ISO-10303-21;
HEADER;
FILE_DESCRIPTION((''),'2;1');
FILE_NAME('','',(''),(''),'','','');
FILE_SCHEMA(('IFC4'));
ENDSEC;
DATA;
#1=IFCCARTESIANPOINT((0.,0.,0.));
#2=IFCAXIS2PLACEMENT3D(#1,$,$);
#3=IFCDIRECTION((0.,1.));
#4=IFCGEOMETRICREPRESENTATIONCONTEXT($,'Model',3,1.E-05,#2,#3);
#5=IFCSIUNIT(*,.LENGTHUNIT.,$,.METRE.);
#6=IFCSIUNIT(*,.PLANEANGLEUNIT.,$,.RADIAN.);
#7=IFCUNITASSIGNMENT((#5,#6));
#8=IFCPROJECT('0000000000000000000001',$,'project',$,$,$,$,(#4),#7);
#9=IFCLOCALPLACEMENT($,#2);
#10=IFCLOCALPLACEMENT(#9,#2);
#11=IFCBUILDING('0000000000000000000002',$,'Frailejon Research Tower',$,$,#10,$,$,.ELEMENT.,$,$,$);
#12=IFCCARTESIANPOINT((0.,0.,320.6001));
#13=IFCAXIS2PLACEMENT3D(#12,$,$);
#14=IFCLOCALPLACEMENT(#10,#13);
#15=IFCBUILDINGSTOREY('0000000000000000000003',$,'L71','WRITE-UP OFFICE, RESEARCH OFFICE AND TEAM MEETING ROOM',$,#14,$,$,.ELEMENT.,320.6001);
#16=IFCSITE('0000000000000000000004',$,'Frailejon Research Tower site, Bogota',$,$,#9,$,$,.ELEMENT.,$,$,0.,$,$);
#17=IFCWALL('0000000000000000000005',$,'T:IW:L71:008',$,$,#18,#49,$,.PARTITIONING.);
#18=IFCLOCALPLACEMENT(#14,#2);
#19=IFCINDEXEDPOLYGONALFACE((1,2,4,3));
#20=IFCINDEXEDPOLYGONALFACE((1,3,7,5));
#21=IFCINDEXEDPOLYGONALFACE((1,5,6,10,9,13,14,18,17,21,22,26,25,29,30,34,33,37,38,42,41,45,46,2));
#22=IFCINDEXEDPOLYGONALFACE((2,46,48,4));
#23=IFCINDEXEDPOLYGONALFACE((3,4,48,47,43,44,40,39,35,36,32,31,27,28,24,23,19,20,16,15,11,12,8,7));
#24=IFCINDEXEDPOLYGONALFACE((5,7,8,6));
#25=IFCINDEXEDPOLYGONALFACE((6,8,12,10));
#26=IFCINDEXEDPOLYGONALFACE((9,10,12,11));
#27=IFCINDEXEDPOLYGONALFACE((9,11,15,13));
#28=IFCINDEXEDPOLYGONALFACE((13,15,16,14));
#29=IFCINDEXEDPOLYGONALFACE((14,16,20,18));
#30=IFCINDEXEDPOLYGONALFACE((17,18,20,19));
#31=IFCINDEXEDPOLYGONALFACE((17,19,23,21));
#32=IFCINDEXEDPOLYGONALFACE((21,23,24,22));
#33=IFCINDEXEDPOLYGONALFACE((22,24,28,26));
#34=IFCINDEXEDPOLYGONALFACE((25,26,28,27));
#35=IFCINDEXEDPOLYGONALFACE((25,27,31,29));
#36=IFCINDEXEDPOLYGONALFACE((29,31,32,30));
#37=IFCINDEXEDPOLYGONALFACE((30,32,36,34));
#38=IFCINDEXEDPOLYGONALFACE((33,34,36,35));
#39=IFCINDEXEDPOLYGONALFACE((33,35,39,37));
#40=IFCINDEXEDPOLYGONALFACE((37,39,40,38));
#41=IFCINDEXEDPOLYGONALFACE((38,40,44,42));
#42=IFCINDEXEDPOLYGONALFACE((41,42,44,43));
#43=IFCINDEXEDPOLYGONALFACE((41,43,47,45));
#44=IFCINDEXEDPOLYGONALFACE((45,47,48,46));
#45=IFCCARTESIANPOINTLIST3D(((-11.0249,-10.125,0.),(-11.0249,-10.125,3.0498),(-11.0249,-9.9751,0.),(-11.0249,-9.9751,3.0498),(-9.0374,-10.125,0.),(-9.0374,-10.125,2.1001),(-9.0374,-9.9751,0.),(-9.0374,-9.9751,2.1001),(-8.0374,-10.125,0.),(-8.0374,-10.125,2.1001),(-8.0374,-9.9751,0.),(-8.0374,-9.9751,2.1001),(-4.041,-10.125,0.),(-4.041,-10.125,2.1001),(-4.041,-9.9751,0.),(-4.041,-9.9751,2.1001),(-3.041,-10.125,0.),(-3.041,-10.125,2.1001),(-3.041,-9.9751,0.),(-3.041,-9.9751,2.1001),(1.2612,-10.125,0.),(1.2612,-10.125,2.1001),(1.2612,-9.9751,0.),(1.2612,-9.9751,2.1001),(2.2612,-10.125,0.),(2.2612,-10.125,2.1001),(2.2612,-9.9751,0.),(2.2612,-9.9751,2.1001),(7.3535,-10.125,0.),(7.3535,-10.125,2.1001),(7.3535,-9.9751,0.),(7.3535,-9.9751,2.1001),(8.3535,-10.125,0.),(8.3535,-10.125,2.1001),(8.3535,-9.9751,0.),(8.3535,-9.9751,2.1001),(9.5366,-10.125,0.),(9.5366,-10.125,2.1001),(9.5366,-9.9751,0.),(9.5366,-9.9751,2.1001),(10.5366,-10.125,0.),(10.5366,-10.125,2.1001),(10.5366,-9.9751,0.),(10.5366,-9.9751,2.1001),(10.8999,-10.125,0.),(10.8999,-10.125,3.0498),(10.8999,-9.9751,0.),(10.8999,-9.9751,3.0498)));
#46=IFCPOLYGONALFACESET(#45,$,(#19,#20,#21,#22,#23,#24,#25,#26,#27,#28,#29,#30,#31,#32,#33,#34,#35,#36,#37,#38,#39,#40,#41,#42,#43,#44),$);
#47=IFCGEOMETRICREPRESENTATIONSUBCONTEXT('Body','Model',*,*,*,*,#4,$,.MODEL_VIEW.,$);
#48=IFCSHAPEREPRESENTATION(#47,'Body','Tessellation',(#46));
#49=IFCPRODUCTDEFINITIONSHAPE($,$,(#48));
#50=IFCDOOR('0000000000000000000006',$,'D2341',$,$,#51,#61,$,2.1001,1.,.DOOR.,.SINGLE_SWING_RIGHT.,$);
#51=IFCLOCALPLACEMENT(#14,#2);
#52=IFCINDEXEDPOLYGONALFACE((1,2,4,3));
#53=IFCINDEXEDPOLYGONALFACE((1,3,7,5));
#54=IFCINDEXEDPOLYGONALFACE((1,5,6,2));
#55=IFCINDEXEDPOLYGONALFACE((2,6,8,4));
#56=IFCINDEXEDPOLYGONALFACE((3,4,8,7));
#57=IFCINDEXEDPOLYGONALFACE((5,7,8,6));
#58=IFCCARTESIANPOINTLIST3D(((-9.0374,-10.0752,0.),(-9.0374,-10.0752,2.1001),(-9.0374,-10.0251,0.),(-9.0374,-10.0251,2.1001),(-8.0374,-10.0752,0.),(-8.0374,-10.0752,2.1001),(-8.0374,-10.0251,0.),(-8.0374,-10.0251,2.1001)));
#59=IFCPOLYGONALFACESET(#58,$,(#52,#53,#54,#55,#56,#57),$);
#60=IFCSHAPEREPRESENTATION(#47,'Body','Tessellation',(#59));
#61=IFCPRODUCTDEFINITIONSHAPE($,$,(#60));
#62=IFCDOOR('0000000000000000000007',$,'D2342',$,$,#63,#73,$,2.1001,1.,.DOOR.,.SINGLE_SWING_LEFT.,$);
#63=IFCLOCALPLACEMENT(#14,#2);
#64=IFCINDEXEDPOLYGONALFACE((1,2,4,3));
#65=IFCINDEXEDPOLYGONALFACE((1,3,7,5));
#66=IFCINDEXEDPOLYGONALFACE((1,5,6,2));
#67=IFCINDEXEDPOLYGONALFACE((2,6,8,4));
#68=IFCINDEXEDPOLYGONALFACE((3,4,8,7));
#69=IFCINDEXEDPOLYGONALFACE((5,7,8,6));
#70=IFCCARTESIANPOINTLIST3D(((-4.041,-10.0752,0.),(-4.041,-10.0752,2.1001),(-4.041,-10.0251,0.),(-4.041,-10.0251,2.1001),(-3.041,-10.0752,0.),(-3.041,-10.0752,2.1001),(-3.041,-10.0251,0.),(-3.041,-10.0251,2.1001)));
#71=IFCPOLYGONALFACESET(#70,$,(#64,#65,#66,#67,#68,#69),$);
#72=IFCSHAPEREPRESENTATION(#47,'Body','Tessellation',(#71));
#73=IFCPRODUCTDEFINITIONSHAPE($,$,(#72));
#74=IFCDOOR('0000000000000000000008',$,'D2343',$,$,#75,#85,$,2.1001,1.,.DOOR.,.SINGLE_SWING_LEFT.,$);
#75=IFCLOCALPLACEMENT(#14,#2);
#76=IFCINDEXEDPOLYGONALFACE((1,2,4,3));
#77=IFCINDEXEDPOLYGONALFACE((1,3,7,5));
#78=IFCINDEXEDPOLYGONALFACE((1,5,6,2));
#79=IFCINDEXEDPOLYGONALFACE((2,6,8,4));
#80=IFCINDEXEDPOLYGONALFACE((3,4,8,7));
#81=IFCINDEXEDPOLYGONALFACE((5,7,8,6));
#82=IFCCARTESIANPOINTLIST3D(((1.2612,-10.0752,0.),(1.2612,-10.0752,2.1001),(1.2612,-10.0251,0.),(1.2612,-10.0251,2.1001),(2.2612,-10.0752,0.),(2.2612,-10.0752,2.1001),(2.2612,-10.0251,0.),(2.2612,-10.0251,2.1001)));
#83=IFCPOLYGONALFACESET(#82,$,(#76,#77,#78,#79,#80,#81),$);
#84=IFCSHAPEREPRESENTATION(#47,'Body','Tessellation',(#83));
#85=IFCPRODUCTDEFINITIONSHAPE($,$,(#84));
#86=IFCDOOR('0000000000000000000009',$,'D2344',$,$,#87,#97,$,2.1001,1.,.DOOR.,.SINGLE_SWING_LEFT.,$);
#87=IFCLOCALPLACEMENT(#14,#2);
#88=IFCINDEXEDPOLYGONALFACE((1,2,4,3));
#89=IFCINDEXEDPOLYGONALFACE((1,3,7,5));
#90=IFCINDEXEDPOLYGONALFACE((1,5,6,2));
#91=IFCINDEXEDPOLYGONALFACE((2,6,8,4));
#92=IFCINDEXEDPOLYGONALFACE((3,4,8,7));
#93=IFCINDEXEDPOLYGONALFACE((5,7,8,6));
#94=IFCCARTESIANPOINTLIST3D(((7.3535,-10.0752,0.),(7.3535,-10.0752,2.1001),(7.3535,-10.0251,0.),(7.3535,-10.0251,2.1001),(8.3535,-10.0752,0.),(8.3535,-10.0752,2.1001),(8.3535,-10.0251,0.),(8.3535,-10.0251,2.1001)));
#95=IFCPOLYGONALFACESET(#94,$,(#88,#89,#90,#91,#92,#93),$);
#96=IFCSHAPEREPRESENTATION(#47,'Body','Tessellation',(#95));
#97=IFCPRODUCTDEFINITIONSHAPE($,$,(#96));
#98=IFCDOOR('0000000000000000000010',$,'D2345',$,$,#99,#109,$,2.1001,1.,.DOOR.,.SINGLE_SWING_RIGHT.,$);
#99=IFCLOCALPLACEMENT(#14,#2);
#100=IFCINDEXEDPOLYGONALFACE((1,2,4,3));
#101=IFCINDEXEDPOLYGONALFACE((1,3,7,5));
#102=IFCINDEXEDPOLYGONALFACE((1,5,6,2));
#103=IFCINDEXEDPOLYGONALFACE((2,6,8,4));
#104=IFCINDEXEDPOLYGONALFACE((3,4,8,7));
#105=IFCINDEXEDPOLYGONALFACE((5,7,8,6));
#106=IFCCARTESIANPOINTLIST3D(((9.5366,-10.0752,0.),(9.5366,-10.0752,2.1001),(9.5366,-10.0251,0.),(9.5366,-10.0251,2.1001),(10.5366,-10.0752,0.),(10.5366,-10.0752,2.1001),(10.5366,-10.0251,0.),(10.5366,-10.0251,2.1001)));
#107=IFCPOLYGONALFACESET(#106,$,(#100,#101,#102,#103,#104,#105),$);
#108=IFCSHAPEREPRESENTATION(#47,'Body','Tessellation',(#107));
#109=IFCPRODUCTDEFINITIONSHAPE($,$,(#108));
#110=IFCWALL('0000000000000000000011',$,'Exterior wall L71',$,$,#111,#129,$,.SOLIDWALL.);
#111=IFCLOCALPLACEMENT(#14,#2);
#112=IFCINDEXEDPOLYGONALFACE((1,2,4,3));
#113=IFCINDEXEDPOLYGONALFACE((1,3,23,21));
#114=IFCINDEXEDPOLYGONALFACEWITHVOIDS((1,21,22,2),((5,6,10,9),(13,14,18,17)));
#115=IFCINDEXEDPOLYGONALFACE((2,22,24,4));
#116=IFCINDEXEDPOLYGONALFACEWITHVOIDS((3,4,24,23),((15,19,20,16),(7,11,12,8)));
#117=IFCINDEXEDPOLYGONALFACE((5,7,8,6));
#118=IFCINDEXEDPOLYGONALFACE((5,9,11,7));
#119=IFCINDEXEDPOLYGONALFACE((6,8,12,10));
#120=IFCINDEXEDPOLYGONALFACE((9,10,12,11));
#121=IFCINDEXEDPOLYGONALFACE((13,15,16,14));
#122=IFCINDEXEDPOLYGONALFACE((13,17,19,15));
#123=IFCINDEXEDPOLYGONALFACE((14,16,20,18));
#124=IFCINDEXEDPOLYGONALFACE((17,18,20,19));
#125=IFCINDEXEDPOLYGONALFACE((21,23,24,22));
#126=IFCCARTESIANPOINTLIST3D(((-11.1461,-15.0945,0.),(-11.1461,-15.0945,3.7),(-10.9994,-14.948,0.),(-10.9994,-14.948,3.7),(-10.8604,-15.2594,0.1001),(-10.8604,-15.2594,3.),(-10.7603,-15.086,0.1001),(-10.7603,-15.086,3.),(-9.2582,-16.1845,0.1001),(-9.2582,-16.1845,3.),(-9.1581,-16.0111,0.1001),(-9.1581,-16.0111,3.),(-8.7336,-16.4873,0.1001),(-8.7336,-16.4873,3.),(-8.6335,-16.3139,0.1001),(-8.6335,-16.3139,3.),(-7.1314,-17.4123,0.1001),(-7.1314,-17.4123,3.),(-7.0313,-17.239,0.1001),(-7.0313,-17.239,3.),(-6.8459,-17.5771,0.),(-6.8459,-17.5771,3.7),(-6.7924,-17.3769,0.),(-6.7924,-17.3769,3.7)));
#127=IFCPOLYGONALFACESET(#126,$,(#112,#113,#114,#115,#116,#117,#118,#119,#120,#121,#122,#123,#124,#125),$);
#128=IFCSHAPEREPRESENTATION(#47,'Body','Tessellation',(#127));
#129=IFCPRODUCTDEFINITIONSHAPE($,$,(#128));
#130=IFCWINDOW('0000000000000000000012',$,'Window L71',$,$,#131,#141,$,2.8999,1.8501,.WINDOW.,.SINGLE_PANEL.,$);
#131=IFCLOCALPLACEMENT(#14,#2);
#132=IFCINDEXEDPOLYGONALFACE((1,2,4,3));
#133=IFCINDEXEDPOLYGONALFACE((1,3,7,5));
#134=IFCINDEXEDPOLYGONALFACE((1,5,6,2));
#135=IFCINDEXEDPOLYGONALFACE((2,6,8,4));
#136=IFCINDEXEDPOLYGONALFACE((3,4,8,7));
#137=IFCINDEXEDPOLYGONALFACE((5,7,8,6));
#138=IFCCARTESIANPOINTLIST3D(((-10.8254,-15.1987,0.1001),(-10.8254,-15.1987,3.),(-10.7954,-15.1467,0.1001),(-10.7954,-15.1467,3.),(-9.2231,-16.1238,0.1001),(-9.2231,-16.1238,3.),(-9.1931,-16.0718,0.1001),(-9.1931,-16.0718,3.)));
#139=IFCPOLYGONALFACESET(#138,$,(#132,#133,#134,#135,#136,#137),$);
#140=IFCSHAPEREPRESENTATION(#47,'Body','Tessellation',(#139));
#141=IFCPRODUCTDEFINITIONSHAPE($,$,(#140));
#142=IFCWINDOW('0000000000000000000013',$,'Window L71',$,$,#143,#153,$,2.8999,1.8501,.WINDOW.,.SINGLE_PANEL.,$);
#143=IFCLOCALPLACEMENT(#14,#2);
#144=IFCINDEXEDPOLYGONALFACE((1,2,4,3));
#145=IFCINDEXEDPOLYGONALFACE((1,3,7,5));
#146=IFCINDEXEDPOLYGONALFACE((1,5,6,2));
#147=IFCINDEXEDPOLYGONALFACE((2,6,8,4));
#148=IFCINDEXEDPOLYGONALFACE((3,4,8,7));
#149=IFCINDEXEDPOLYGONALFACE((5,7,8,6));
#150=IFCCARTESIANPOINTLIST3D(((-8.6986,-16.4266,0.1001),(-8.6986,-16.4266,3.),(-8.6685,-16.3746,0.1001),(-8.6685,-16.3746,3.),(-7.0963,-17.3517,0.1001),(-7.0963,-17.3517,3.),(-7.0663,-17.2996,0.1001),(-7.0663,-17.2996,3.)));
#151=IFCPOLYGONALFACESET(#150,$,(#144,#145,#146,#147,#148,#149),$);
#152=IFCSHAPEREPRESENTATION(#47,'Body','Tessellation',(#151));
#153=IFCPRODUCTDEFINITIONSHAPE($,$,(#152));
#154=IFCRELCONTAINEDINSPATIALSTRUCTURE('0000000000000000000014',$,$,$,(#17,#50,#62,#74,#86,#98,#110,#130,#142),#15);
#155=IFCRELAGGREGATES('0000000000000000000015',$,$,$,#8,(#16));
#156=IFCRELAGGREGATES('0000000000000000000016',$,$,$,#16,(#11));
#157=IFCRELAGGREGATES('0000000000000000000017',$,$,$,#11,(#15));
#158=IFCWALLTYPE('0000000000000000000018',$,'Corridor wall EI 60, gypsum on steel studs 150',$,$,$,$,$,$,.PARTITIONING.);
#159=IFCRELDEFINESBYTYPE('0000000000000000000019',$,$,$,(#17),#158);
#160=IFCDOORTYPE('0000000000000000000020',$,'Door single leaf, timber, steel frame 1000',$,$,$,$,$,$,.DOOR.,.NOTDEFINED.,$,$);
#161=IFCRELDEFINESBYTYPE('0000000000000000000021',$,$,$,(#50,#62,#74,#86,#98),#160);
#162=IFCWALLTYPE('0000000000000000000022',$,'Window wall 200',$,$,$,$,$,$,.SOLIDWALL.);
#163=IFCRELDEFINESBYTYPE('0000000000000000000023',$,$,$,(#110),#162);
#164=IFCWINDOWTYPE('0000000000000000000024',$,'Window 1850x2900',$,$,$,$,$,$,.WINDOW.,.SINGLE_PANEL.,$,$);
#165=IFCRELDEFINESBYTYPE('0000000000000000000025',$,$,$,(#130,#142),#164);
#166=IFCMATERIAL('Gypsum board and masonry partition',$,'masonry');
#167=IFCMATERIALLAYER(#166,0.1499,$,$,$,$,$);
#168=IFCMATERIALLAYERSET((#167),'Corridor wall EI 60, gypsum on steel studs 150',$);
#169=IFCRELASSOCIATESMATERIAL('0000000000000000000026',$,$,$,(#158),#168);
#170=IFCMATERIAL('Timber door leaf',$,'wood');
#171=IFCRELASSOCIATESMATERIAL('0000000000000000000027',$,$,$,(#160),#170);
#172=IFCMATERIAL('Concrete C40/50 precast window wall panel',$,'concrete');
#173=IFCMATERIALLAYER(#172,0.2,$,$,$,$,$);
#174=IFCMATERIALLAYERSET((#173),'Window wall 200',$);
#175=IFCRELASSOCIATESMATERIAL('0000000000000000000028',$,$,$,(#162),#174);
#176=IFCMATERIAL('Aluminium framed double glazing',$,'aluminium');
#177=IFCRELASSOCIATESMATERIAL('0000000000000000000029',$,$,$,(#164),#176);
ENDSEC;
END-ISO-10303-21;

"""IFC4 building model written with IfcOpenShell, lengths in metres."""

from ifc_helpers import new_model, si_unit, direction, frame, frame_2d, origin, place, context, subcontext, project, spatial, polyline, rectangle, outline, extrude, material, layer, layer_set, type_object, element, fill, save


model = new_model("IFC4")

# Units and contexts
model_context = context("Model", 3, precision=1e-05, world=origin(), true_north=direction((0.0, 1.0)))
body_context = subcontext(model_context, "Body", "Model", "MODEL_VIEW")
ifc_project = project(units=[si_unit("LENGTHUNIT", "METRE"), si_unit("PLANEANGLEUNIT", "RADIAN")], contexts=[model_context])

# Site, building, storey
site_placement = place(None, origin())
site = spatial("IfcSite", under=ifc_project, at=site_placement, Name="Frailejon Research Tower site, Bogota", CompositionType="ELEMENT", RefElevation=0.0)
building_placement = place(site_placement, origin())
building = spatial("IfcBuilding", under=site, at=building_placement, Name="Frailejon Research Tower", CompositionType="ELEMENT")
storey_placement = place(building_placement, frame((0.0, 0.0, 320.6001)))
storey = spatial("IfcBuildingStorey", under=building, at=storey_placement, Name="L71", Description="WRITE-UP OFFICE, RESEARCH OFFICE AND TEAM MEETING ROOM", CompositionType="ELEMENT", Elevation=320.6001)

# Wall, openings, doors
ifc_material_1 = material(Name="Gypsum board and masonry partition", Category="masonry")
ifc_layer_1 = layer(ifc_material_1, 0.1499)
ifc_layer_set_1 = layer_set([ifc_layer_1], Name="Corridor wall EI 60, gypsum on steel studs 150")
wall_type_1 = type_object("IfcWallType", Name="Corridor wall EI 60, gypsum on steel studs 150", PredefinedType="PARTITIONING", material=ifc_layer_set_1)
wall_1_placement = place(storey_placement, frame((-11.0249, -10.05, 0.0), z_axis=(0.0, 0.0, 1.0), x_axis=(1.0, 0.0, 0.0)))
wall_1 = element("IfcWall", 1, at=wall_1_placement, inside=storey, type_object=wall_type_1, Name="T:IW:L71:008", PredefinedType="PARTITIONING", context=body_context, shape_type="SweptSolid", body=[
    extrude(rectangle(XDim=21.9248, YDim=0.1499, at=frame_2d((10.9624, 0.0))), origin(), (0.0, 0.0, 1.0), 3.0498),
])
opening_1_placement = place(wall_1_placement, frame((1.9875, 0.0, 0.0)))
opening_1 = element("IfcOpeningElement", 2, at=opening_1_placement, cuts=wall_1, PredefinedType="OPENING", context=body_context, shape_type="SweptSolid", body=[
    extrude(rectangle(XDim=1.0, YDim=2.1001, at=frame_2d((0.5, 1.05))), frame((0.0, 0.085, 0.0), z_axis=(0.0, -1.0, 0.0), x_axis=(1.0, 0.0, 0.0)), (0.0, 0.0, 1.0), 0.1699),
])
opening_2_placement = place(wall_1_placement, frame((6.9839, 0.0, 0.0)))
opening_2 = element("IfcOpeningElement", 3, at=opening_2_placement, cuts=wall_1, PredefinedType="OPENING", context=body_context, shape_type="SweptSolid", body=[
    extrude(rectangle(XDim=1.0, YDim=2.1001, at=frame_2d((0.5, 1.05))), frame((0.0, 0.085, 0.0), z_axis=(0.0, -1.0, 0.0), x_axis=(1.0, 0.0, 0.0)), (0.0, 0.0, 1.0), 0.1699),
])
opening_3_placement = place(wall_1_placement, frame((12.2861, 0.0, 0.0)))
opening_3 = element("IfcOpeningElement", 4, at=opening_3_placement, cuts=wall_1, PredefinedType="OPENING", context=body_context, shape_type="SweptSolid", body=[
    extrude(rectangle(XDim=1.0, YDim=2.1001, at=frame_2d((0.5, 1.05))), frame((0.0, 0.085, 0.0), z_axis=(0.0, -1.0, 0.0), x_axis=(1.0, 0.0, 0.0)), (0.0, 0.0, 1.0), 0.1699),
])
opening_4_placement = place(wall_1_placement, frame((18.3784, 0.0, 0.0)))
opening_4 = element("IfcOpeningElement", 5, at=opening_4_placement, cuts=wall_1, PredefinedType="OPENING", context=body_context, shape_type="SweptSolid", body=[
    extrude(rectangle(XDim=1.0, YDim=2.1001, at=frame_2d((0.5, 1.05))), frame((0.0, 0.085, 0.0), z_axis=(0.0, -1.0, 0.0), x_axis=(1.0, 0.0, 0.0)), (0.0, 0.0, 1.0), 0.1699),
])
opening_5_placement = place(wall_1_placement, frame((20.5615, 0.0, 0.0)))
opening_5 = element("IfcOpeningElement", 6, at=opening_5_placement, cuts=wall_1, PredefinedType="OPENING", context=body_context, shape_type="SweptSolid", body=[
    extrude(rectangle(XDim=1.0, YDim=2.1001, at=frame_2d((0.5, 1.05))), frame((0.0, 0.085, 0.0), z_axis=(0.0, -1.0, 0.0), x_axis=(1.0, 0.0, 0.0)), (0.0, 0.0, 1.0), 0.1699),
])
ifc_material_2 = material(Name="Timber door leaf", Category="wood")
door_type = type_object("IfcDoorType", Name="Door single leaf, timber, steel frame 1000", OperationType="NOTDEFINED", PredefinedType="DOOR", material=ifc_material_2)
door_1_placement = place(opening_1_placement, origin())
door_1 = element("IfcDoor", 7, at=door_1_placement, inside=storey, type_object=door_type, Name="D2341", OperationType="SINGLE_SWING_RIGHT", OverallHeight=2.1001, OverallWidth=1.0, PredefinedType="DOOR", context=body_context, shape_type="SweptSolid", body=[
    extrude(rectangle(XDim=1.0, YDim=2.1001, at=frame_2d((0.5, 1.05))), frame((0.0, 0.0249, 0.0), z_axis=(0.0, -1.0, 0.0), x_axis=(1.0, 0.0, 0.0)), (0.0, 0.0, 1.0), 0.05),
])
fill(opening_1, door_1)
door_2_placement = place(opening_2_placement, origin())
door_2 = element("IfcDoor", 8, at=door_2_placement, inside=storey, type_object=door_type, Name="D2342", OperationType="SINGLE_SWING_LEFT", OverallHeight=2.1001, OverallWidth=1.0, PredefinedType="DOOR", context=body_context, shape_type="SweptSolid", body=[
    extrude(rectangle(XDim=1.0, YDim=2.1001, at=frame_2d((0.5, 1.05))), frame((0.0, 0.0249, 0.0), z_axis=(0.0, -1.0, 0.0), x_axis=(1.0, 0.0, 0.0)), (0.0, 0.0, 1.0), 0.05),
])
fill(opening_2, door_2)
door_3_placement = place(opening_3_placement, origin())
door_3 = element("IfcDoor", 9, at=door_3_placement, inside=storey, type_object=door_type, Name="D2343", OperationType="SINGLE_SWING_LEFT", OverallHeight=2.1001, OverallWidth=1.0, PredefinedType="DOOR", context=body_context, shape_type="SweptSolid", body=[
    extrude(rectangle(XDim=1.0, YDim=2.1001, at=frame_2d((0.5, 1.05))), frame((0.0, 0.0249, 0.0), z_axis=(0.0, -1.0, 0.0), x_axis=(1.0, 0.0, 0.0)), (0.0, 0.0, 1.0), 0.05),
])
fill(opening_3, door_3)
door_4_placement = place(opening_4_placement, origin())
door_4 = element("IfcDoor", 10, at=door_4_placement, inside=storey, type_object=door_type, Name="D2344", OperationType="SINGLE_SWING_LEFT", OverallHeight=2.1001, OverallWidth=1.0, PredefinedType="DOOR", context=body_context, shape_type="SweptSolid", body=[
    extrude(rectangle(XDim=1.0, YDim=2.1001, at=frame_2d((0.5, 1.05))), frame((0.0, 0.0249, 0.0), z_axis=(0.0, -1.0, 0.0), x_axis=(1.0, 0.0, 0.0)), (0.0, 0.0, 1.0), 0.05),
])
fill(opening_4, door_4)
door_5_placement = place(opening_5_placement, origin())
door_5 = element("IfcDoor", 11, at=door_5_placement, inside=storey, type_object=door_type, Name="D2345", OperationType="SINGLE_SWING_RIGHT", OverallHeight=2.1001, OverallWidth=1.0, PredefinedType="DOOR", context=body_context, shape_type="SweptSolid", body=[
    extrude(rectangle(XDim=1.0, YDim=2.1001, at=frame_2d((0.5, 1.05))), frame((0.0, 0.0249, 0.0), z_axis=(0.0, -1.0, 0.0), x_axis=(1.0, 0.0, 0.0)), (0.0, 0.0, 1.0), 0.05),
])
fill(opening_5, door_5)

# Wall, openings, windows
ifc_material_3 = material(Name="Concrete C40/50 precast window wall panel", Category="concrete")
ifc_layer_2 = layer(ifc_material_3, 0.2)
ifc_layer_set_2 = layer_set([ifc_layer_2], Name="Window wall 200")
wall_type_2 = type_object("IfcWallType", Name="Window wall 200", PredefinedType="SOLIDWALL", material=ifc_layer_set_2)
wall_2_placement = place(storey_placement, frame((-11.0728, -15.0212, 0.0), z_axis=(0.0, 0.0, 1.0), x_axis=(0.866029, -0.499994, 0.0)))
wall_2 = element("IfcWall", 12, at=wall_2_placement, inside=storey, type_object=wall_type_2, Name="Exterior wall L71", PredefinedType="SOLIDWALL", context=body_context, shape_type="SweptSolid", body=[
    extrude(outline(polyline([(-0.0269, -0.1001), (1.2144, -0.1001), (2.4558, -0.1001), (3.6973, -0.1001), (4.9385, -0.1001), (4.8848, 0.1001), (3.6704, 0.1001), (2.4558, 0.1001), (1.2412, 0.1001), (0.0269, 0.1001), (-0.0269, -0.1001)])), origin(), (0.0, 0.0, 1.0), 3.7),
])
opening_6_placement = place(wall_2_placement, frame((0.303, 0.0, 0.1001)))
opening_6 = element("IfcOpeningElement", 13, at=opening_6_placement, cuts=wall_2, PredefinedType="OPENING", context=body_context, shape_type="SweptSolid", body=[
    extrude(rectangle(XDim=1.8501, YDim=2.8999, at=frame_2d((0.925, 1.45))), frame((0.0, 0.1099, 0.0), z_axis=(0.0, -1.0, 0.0), x_axis=(1.0, 0.0, 0.0)), (0.0, 0.0, 1.0), 0.22),
])
opening_7_placement = place(wall_2_placement, frame((2.7588, 0.0, 0.1001)))
opening_7 = element("IfcOpeningElement", 14, at=opening_7_placement, cuts=wall_2, PredefinedType="OPENING", context=body_context, shape_type="SweptSolid", body=[
    extrude(rectangle(XDim=1.8501, YDim=2.8999, at=frame_2d((0.925, 1.45))), frame((0.0, 0.1099, 0.0), z_axis=(0.0, -1.0, 0.0), x_axis=(1.0, 0.0, 0.0)), (0.0, 0.0, 1.0), 0.22),
])
ifc_material_4 = material(Name="Aluminium framed double glazing", Category="aluminium")
window_type = type_object("IfcWindowType", Name="Window 1850x2900", PartitioningType="SINGLE_PANEL", PredefinedType="WINDOW", material=ifc_material_4)
window_1_placement = place(opening_6_placement, origin())
window_1 = element("IfcWindow", 15, at=window_1_placement, inside=storey, type_object=window_type, Name="Window L71", OverallHeight=2.8999, OverallWidth=1.8501, PartitioningType="SINGLE_PANEL", PredefinedType="WINDOW", context=body_context, shape_type="SweptSolid", body=[
    extrude(rectangle(XDim=1.8501, YDim=2.8999, at=frame_2d((0.925, 1.45))), frame((0.0, 0.03, 0.0), z_axis=(0.0, -1.0, 0.0), x_axis=(1.0, 0.0, 0.0)), (0.0, 0.0, 1.0), 0.0601),
])
fill(opening_6, window_1)
window_2_placement = place(opening_7_placement, origin())
window_2 = element("IfcWindow", 16, at=window_2_placement, inside=storey, type_object=window_type, Name="Window L71", OverallHeight=2.8999, OverallWidth=1.8501, PartitioningType="SINGLE_PANEL", PredefinedType="WINDOW", context=body_context, shape_type="SweptSolid", body=[
    extrude(rectangle(XDim=1.8501, YDim=2.8999, at=frame_2d((0.925, 1.45))), frame((0.0, 0.03, 0.0), z_axis=(0.0, -1.0, 0.0), x_axis=(1.0, 0.0, 0.0)), (0.0, 0.0, 1.0), 0.0601),
])
fill(opening_7, window_2)

save(model, "model.ifc")
